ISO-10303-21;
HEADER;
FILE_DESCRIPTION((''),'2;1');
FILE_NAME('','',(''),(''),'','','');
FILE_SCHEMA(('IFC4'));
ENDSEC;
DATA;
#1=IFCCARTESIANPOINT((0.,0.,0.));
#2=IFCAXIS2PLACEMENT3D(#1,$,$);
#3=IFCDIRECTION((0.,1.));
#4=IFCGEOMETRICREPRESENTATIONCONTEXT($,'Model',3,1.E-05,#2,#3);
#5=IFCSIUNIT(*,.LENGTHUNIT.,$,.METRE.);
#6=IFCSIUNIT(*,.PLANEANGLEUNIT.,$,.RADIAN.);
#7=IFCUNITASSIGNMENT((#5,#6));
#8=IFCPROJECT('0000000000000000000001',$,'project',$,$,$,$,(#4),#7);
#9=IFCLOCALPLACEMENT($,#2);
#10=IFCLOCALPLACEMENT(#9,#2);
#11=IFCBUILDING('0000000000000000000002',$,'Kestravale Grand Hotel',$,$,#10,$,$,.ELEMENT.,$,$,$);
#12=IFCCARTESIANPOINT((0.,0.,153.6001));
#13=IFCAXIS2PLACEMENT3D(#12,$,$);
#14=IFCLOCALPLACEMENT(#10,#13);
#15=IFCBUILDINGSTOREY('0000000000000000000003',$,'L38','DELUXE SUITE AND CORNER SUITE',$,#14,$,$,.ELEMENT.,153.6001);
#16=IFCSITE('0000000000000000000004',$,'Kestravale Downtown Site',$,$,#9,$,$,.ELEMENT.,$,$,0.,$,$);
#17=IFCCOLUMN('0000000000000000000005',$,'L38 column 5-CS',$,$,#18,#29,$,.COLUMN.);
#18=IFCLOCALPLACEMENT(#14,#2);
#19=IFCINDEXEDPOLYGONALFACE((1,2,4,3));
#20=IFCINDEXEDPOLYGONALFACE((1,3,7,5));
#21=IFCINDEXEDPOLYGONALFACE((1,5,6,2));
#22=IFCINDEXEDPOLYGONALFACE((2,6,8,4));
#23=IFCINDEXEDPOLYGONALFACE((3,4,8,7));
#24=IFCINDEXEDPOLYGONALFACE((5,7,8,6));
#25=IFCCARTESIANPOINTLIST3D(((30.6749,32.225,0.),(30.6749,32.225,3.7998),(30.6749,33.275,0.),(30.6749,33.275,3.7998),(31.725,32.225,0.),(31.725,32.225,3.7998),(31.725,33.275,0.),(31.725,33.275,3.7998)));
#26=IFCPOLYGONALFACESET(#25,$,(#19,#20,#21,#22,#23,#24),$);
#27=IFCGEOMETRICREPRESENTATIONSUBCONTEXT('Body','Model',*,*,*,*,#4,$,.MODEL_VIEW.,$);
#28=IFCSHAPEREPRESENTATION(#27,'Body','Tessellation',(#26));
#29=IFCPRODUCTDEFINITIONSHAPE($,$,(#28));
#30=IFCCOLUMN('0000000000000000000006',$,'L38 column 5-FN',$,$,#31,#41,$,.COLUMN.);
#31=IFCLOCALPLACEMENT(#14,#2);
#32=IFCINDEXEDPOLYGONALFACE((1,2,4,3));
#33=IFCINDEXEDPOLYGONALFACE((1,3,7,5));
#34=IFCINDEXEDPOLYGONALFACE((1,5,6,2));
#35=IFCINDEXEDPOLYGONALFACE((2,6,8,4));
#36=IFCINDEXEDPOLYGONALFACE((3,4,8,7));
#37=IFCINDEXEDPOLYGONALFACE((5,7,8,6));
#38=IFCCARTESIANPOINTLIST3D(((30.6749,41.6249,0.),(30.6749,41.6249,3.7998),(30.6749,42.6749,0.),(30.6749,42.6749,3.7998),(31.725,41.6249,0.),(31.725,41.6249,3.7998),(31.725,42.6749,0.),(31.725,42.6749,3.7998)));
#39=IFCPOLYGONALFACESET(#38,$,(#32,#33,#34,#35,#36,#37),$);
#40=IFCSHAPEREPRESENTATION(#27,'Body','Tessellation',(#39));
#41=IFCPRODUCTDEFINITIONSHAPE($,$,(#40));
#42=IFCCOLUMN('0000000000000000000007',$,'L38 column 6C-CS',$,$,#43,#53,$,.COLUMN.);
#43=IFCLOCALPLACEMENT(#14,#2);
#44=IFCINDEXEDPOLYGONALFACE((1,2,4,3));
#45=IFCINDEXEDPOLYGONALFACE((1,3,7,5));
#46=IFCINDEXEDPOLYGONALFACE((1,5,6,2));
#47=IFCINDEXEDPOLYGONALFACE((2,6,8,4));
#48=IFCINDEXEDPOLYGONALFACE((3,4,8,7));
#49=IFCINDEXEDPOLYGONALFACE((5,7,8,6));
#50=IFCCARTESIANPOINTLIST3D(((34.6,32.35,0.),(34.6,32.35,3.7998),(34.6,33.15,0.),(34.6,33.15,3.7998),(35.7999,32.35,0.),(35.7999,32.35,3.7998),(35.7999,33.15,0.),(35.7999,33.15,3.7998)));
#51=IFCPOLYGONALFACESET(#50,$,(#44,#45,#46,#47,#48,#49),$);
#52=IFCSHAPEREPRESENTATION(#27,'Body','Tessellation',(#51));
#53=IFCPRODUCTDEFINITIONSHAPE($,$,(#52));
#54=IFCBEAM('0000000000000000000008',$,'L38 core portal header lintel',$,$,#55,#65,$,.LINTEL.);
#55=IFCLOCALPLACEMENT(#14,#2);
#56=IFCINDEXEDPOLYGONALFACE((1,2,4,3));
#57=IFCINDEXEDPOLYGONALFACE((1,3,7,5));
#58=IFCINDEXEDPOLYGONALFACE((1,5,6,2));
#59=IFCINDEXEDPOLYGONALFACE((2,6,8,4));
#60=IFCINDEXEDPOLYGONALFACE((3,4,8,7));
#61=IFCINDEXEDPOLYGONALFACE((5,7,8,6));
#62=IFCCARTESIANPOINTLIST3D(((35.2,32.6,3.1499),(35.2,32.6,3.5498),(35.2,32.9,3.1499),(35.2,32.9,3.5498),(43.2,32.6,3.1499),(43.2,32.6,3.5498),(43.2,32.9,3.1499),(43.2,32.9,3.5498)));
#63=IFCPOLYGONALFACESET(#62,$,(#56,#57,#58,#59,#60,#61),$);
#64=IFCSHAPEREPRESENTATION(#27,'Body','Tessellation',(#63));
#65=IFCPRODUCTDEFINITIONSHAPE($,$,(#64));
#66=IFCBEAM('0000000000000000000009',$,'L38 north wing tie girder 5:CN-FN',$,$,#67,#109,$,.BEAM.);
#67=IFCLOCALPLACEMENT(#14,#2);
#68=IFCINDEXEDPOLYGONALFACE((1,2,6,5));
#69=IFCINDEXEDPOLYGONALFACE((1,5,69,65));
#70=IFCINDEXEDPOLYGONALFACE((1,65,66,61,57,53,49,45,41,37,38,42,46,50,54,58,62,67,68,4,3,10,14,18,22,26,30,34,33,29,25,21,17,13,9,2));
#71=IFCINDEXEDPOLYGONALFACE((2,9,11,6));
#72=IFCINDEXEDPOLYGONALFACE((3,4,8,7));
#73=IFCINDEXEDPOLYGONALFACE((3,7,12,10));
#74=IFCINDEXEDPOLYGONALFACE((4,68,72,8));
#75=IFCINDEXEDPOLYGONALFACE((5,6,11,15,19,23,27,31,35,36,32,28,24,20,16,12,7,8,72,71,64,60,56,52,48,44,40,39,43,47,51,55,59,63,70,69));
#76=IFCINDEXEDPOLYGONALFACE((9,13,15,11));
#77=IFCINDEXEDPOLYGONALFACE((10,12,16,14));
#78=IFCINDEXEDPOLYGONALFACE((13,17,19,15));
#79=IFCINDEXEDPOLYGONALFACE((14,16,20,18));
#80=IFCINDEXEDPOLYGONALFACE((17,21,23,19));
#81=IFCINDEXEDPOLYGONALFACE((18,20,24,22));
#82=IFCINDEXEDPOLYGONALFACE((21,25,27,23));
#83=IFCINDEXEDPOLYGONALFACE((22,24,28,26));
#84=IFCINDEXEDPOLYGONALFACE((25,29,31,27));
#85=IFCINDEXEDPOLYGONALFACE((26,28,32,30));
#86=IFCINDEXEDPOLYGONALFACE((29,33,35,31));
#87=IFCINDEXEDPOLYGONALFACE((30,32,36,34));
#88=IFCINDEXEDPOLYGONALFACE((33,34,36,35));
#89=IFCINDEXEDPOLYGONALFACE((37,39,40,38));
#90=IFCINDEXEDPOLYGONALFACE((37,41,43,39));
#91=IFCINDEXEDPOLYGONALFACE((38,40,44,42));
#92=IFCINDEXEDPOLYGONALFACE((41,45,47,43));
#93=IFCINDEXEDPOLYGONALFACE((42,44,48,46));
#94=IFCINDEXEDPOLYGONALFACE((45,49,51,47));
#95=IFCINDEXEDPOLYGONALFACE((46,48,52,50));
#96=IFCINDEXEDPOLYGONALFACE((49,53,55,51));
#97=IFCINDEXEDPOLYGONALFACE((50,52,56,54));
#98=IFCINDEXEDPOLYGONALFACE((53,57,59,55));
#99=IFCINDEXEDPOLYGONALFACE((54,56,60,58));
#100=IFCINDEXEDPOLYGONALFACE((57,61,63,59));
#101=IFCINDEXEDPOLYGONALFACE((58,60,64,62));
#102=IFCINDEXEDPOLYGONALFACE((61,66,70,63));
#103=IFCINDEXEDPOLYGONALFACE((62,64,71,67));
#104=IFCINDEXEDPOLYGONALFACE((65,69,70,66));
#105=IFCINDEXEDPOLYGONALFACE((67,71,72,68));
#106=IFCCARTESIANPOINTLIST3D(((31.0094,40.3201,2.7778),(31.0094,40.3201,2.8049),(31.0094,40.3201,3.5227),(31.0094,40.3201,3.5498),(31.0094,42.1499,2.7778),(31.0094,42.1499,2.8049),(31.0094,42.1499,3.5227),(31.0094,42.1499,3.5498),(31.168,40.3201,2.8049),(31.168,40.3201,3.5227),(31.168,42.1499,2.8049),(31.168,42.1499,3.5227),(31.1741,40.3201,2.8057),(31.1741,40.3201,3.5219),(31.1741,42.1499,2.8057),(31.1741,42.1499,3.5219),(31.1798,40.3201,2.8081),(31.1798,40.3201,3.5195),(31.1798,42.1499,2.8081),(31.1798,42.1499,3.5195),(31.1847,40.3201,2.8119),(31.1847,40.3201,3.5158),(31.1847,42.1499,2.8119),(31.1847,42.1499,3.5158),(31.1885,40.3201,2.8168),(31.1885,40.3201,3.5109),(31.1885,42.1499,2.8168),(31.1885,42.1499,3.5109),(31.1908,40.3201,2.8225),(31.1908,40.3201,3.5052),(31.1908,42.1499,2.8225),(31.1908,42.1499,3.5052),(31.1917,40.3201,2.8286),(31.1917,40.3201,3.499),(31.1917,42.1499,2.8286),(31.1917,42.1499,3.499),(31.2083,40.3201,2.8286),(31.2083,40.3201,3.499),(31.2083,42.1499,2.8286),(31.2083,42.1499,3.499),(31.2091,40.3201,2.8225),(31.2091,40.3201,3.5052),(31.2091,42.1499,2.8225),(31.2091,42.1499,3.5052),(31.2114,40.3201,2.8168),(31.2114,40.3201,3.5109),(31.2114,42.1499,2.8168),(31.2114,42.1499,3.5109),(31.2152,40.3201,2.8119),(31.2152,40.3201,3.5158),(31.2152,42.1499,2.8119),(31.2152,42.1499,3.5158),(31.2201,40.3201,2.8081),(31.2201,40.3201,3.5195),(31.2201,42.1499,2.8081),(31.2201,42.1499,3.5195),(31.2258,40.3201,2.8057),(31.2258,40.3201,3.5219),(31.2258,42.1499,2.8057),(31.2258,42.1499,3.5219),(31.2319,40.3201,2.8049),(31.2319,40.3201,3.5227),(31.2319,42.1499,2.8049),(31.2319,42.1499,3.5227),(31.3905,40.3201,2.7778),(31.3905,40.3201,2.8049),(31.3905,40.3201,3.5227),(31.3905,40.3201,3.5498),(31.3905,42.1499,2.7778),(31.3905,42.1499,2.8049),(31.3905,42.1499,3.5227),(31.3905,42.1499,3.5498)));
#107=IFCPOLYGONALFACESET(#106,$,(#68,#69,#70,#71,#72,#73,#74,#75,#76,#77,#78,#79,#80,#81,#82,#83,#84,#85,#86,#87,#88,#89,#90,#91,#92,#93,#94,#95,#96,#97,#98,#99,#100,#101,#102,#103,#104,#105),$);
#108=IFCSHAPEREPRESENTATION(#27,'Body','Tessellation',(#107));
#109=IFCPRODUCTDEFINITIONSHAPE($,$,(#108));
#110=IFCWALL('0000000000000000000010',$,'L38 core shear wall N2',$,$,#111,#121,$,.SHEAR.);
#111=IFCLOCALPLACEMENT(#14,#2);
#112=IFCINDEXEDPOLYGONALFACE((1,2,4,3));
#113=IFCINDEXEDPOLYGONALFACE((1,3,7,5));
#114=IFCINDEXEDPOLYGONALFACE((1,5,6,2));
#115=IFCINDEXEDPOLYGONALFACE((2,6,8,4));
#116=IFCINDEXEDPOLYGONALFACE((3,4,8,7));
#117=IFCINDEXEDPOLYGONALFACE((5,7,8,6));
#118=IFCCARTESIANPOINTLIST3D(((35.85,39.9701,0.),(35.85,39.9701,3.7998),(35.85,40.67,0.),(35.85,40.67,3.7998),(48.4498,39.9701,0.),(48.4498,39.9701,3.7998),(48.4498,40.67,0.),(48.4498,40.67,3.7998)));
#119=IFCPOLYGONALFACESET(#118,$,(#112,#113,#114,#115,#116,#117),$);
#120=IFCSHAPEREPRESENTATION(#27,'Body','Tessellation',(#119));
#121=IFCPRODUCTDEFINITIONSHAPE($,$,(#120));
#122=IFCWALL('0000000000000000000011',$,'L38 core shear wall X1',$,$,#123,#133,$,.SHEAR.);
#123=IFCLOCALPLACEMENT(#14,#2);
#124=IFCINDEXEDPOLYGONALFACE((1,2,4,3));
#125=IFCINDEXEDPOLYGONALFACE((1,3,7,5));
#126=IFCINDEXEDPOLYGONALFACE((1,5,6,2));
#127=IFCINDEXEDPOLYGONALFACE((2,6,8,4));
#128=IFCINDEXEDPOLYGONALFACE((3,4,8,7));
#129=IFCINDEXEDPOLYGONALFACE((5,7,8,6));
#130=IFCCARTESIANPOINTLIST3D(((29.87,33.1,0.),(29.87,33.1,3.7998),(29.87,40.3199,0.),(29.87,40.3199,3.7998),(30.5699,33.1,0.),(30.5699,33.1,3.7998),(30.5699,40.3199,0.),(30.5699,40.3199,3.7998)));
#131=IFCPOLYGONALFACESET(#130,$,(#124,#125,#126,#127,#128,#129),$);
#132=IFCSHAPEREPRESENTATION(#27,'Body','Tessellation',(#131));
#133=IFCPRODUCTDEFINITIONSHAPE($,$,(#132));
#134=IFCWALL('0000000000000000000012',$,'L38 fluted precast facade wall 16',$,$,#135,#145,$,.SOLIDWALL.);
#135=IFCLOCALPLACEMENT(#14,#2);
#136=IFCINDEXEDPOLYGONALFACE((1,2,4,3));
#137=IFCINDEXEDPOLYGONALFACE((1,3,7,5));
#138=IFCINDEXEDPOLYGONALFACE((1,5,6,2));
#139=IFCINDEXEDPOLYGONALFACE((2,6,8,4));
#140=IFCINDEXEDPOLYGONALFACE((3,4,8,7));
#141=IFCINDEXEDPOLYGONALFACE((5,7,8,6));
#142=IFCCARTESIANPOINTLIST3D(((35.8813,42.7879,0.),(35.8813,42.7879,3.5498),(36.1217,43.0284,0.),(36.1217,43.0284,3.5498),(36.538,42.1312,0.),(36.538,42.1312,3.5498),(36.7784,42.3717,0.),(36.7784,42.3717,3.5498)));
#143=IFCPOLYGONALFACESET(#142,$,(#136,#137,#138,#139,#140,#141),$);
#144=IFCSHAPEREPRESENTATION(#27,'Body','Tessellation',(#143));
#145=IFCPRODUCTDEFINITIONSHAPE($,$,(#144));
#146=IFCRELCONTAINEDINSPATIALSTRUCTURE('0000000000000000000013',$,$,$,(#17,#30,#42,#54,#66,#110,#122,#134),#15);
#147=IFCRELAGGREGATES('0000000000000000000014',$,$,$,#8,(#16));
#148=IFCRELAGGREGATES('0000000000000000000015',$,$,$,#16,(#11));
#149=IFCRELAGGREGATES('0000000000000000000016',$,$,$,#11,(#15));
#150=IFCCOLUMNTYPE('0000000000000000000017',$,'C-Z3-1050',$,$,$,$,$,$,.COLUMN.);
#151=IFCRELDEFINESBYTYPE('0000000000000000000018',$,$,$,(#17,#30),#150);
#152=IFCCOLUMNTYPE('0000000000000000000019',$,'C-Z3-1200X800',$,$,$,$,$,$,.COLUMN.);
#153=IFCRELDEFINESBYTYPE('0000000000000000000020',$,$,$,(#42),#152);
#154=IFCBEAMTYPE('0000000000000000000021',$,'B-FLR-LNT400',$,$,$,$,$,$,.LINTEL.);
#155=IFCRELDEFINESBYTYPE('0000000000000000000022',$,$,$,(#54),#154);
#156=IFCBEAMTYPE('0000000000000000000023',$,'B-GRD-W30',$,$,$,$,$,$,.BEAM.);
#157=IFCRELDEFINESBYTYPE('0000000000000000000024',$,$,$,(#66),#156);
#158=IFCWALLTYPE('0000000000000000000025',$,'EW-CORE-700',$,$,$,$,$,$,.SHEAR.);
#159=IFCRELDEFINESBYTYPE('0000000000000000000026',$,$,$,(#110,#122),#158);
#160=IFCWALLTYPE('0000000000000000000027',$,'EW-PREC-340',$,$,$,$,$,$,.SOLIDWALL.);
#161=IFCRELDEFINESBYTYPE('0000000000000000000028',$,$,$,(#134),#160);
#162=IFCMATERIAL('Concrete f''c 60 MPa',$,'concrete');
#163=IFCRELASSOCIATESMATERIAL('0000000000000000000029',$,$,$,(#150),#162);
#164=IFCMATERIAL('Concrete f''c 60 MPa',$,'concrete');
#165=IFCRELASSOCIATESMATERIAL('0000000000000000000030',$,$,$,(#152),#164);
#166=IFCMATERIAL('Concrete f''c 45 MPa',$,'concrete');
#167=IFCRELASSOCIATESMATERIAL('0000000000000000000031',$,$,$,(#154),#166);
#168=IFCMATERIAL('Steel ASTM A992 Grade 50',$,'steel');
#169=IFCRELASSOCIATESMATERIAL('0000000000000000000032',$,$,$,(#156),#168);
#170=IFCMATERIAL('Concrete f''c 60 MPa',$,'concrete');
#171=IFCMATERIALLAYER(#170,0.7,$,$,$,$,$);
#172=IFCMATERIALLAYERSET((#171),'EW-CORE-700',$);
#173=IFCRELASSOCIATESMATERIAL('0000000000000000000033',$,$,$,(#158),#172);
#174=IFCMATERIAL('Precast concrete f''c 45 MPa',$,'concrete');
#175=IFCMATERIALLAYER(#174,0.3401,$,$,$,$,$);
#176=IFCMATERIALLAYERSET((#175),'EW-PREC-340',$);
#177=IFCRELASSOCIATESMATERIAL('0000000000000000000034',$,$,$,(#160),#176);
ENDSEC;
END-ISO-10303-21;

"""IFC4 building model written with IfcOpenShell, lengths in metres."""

from ifc_helpers import new_model, si_unit, direction, frame, frame_2d, origin, origin_2d, place, context, subcontext, project, spatial, rectangle, i_section, extrude, material, layer, layer_set, material_profile, profile_set, type_object, element, save


model = new_model("IFC4")

# Units and contexts
model_context = context("Model", 3, precision=1e-05, world=origin(), true_north=direction((0.0, 1.0)))
body_context = subcontext(model_context, "Body", "Model", "MODEL_VIEW")
ifc_project = project(units=[si_unit("LENGTHUNIT", "METRE"), si_unit("PLANEANGLEUNIT", "RADIAN")], contexts=[model_context])

# Site, building, storey
site_placement = place(None, origin())
site = spatial("IfcSite", under=ifc_project, at=site_placement, Name="Kestravale Downtown Site", CompositionType="ELEMENT", RefElevation=0.0)
building_placement = place(site_placement, origin())
building = spatial("IfcBuilding", under=site, at=building_placement, Name="Kestravale Grand Hotel", CompositionType="ELEMENT")
storey_placement = place(building_placement, frame((0.0, 0.0, 153.6001)))
storey = spatial("IfcBuildingStorey", under=building, at=storey_placement, Name="L38", Description="DELUXE SUITE AND CORNER SUITE", CompositionType="ELEMENT", Elevation=153.6001)

# Columns
ifc_material_1 = material(Name="Concrete f'c 60 MPa", Category="concrete")
ifc_material_profile_1 = material_profile(ifc_material_1, rectangle(XDim=1.05, YDim=1.05, at=origin_2d()))
ifc_profile_set_1 = profile_set([ifc_material_profile_1], Name="Concrete f'c 60 MPa")
column_type_1 = type_object("IfcColumnType", Name="C-Z3-1050", PredefinedType="COLUMN", material=ifc_profile_set_1)
for number, where, z_axis, x_axis, name in (
    (1, (31.2, 32.75, 0.0), (0.0, 0.0, 1.0), (1.0, 0.0, 0.0), "L38 column 5-CS"),
    (2, (31.2, 42.1499, 0.0), (0.0, 0.0, 1.0), (1.0, 0.0, 0.0), "L38 column 5-FN"),
):
    element("IfcColumn", number, at=place(storey_placement, frame(where, z_axis=z_axis, x_axis=x_axis)), inside=storey, type_object=column_type_1, Name=name, PredefinedType="COLUMN", context=body_context, shape_type="SweptSolid", body=[
        extrude(rectangle(XDim=1.05, YDim=1.05, at=origin_2d()), origin(), (0.0, 0.0, 1.0), 3.7998),
    ])
ifc_material_2 = material(Name="Concrete f'c 60 MPa", Category="concrete")
ifc_material_profile_2 = material_profile(ifc_material_2, rectangle(XDim=1.2, YDim=0.8, at=origin_2d()))
ifc_profile_set_2 = profile_set([ifc_material_profile_2], Name="Concrete f'c 60 MPa")
column_type_2 = type_object("IfcColumnType", Name="C-Z3-1200X800", PredefinedType="COLUMN", material=ifc_profile_set_2)
column_placement = place(storey_placement, frame((35.2, 32.75, 0.0), z_axis=(0.0, 0.0, 1.0), x_axis=(1.0, 0.0, 0.0)))
element("IfcColumn", 3, at=column_placement, inside=storey, type_object=column_type_2, Name="L38 column 6C-CS", PredefinedType="COLUMN", context=body_context, shape_type="SweptSolid", body=[
    extrude(rectangle(XDim=1.2, YDim=0.8, at=origin_2d()), origin(), (0.0, 0.0, 1.0), 3.7998),
])

# Beams
ifc_material_3 = material(Name="Concrete f'c 45 MPa", Category="concrete")
ifc_material_profile_3 = material_profile(ifc_material_3, rectangle(XDim=0.3, YDim=0.3999, at=origin_2d()))
ifc_profile_set_3 = profile_set([ifc_material_profile_3], Name="Concrete f'c 45 MPa")
beam_type_1 = type_object("IfcBeamType", Name="B-FLR-LNT400", PredefinedType="LINTEL", material=ifc_profile_set_3)
beam_1_placement = place(storey_placement, frame((35.2, 32.75, 3.3499), z_axis=(1.0, 0.0, 0.0), x_axis=(0.0, 1.0, 0.0)))
element("IfcBeam", 4, at=beam_1_placement, inside=storey, type_object=beam_type_1, Name="L38 core portal header lintel", PredefinedType="LINTEL", context=body_context, shape_type="SweptSolid", body=[
    extrude(rectangle(XDim=0.3, YDim=0.3999, at=origin_2d()), origin(), (0.0, 0.0, 1.0), 8.0),
])
ifc_material_4 = material(Name="Steel ASTM A992 Grade 50", Category="steel")
ifc_material_profile_4 = material_profile(ifc_material_4, i_section(OverallWidth=0.3811, OverallDepth=0.772, WebThickness=0.0166, FlangeThickness=0.0271, FilletRadius=0.0237, at=origin_2d()))
ifc_profile_set_4 = profile_set([ifc_material_profile_4], Name="Steel ASTM A992 Grade 50")
beam_type_2 = type_object("IfcBeamType", Name="B-GRD-W30", PredefinedType="BEAM", material=ifc_profile_set_4)
beam_2_placement = place(storey_placement, frame((31.2, 40.3201, 3.1638), z_axis=(0.0, 1.0, 0.0), x_axis=(-1.0, 0.0, 0.0)))
element("IfcBeam", 5, at=beam_2_placement, inside=storey, type_object=beam_type_2, Name="L38 north wing tie girder 5:CN-FN", PredefinedType="BEAM", context=body_context, shape_type="SweptSolid", body=[
    extrude(i_section(OverallWidth=0.3811, OverallDepth=0.772, WebThickness=0.0166, FlangeThickness=0.0271, FilletRadius=0.0237, at=origin_2d()), origin(), (0.0, 0.0, 1.0), 1.8298),
])

# Walls
ifc_material_5 = material(Name="Concrete f'c 60 MPa", Category="concrete")
ifc_layer_1 = layer(ifc_material_5, 0.7)
ifc_layer_set_1 = layer_set([ifc_layer_1], Name="EW-CORE-700")
wall_type_1 = type_object("IfcWallType", Name="EW-CORE-700", PredefinedType="SHEAR", material=ifc_layer_set_1)
wall_1_placement = place(storey_placement, frame((35.8501, 40.3201, 0.0), z_axis=(0.0, 0.0, 1.0), x_axis=(1.0, 0.0, 0.0)))
element("IfcWall", 6, at=wall_1_placement, inside=storey, type_object=wall_type_1, Name="L38 core shear wall N2", PredefinedType="SHEAR", context=body_context, shape_type="SweptSolid", body=[
    extrude(rectangle(XDim=12.5999, YDim=0.7, at=frame_2d((6.2998, 0.0))), origin(), (0.0, 0.0, 1.0), 3.7998),
])
wall_2_placement = place(storey_placement, frame((30.22, 33.1001, 0.0), z_axis=(0.0, 0.0, 1.0), x_axis=(0.0, 1.0, 0.0)))
element("IfcWall", 7, at=wall_2_placement, inside=storey, type_object=wall_type_1, Name="L38 core shear wall X1", PredefinedType="SHEAR", context=body_context, shape_type="SweptSolid", body=[
    extrude(rectangle(XDim=7.22, YDim=0.7, at=frame_2d((3.6099, 0.0))), origin(), (0.0, 0.0, 1.0), 3.7998),
])

# Wall
ifc_material_6 = material(Name="Precast concrete f'c 45 MPa", Category="concrete")
ifc_layer_2 = layer(ifc_material_6, 0.3401)
ifc_layer_set_2 = layer_set([ifc_layer_2], Name="EW-PREC-340")
wall_type_2 = type_object("IfcWallType", Name="EW-PREC-340", PredefinedType="SOLIDWALL", material=ifc_layer_set_2)
wall_3_placement = place(storey_placement, frame((36.6582, 42.2515, 0.0), z_axis=(0.0, 0.0, 1.0), x_axis=(-0.707107, 0.707107, 0.0)))
element("IfcWall", 8, at=wall_3_placement, inside=storey, type_object=wall_type_2, Name="L38 fluted precast facade wall 16", PredefinedType="SOLIDWALL", context=body_context, shape_type="SweptSolid", body=[
    extrude(rectangle(XDim=0.9287, YDim=0.3401, at=frame_2d((0.4644, 0.0))), origin(), (0.0, 0.0, 1.0), 3.5498),
])

save(model, "model.ifc")
